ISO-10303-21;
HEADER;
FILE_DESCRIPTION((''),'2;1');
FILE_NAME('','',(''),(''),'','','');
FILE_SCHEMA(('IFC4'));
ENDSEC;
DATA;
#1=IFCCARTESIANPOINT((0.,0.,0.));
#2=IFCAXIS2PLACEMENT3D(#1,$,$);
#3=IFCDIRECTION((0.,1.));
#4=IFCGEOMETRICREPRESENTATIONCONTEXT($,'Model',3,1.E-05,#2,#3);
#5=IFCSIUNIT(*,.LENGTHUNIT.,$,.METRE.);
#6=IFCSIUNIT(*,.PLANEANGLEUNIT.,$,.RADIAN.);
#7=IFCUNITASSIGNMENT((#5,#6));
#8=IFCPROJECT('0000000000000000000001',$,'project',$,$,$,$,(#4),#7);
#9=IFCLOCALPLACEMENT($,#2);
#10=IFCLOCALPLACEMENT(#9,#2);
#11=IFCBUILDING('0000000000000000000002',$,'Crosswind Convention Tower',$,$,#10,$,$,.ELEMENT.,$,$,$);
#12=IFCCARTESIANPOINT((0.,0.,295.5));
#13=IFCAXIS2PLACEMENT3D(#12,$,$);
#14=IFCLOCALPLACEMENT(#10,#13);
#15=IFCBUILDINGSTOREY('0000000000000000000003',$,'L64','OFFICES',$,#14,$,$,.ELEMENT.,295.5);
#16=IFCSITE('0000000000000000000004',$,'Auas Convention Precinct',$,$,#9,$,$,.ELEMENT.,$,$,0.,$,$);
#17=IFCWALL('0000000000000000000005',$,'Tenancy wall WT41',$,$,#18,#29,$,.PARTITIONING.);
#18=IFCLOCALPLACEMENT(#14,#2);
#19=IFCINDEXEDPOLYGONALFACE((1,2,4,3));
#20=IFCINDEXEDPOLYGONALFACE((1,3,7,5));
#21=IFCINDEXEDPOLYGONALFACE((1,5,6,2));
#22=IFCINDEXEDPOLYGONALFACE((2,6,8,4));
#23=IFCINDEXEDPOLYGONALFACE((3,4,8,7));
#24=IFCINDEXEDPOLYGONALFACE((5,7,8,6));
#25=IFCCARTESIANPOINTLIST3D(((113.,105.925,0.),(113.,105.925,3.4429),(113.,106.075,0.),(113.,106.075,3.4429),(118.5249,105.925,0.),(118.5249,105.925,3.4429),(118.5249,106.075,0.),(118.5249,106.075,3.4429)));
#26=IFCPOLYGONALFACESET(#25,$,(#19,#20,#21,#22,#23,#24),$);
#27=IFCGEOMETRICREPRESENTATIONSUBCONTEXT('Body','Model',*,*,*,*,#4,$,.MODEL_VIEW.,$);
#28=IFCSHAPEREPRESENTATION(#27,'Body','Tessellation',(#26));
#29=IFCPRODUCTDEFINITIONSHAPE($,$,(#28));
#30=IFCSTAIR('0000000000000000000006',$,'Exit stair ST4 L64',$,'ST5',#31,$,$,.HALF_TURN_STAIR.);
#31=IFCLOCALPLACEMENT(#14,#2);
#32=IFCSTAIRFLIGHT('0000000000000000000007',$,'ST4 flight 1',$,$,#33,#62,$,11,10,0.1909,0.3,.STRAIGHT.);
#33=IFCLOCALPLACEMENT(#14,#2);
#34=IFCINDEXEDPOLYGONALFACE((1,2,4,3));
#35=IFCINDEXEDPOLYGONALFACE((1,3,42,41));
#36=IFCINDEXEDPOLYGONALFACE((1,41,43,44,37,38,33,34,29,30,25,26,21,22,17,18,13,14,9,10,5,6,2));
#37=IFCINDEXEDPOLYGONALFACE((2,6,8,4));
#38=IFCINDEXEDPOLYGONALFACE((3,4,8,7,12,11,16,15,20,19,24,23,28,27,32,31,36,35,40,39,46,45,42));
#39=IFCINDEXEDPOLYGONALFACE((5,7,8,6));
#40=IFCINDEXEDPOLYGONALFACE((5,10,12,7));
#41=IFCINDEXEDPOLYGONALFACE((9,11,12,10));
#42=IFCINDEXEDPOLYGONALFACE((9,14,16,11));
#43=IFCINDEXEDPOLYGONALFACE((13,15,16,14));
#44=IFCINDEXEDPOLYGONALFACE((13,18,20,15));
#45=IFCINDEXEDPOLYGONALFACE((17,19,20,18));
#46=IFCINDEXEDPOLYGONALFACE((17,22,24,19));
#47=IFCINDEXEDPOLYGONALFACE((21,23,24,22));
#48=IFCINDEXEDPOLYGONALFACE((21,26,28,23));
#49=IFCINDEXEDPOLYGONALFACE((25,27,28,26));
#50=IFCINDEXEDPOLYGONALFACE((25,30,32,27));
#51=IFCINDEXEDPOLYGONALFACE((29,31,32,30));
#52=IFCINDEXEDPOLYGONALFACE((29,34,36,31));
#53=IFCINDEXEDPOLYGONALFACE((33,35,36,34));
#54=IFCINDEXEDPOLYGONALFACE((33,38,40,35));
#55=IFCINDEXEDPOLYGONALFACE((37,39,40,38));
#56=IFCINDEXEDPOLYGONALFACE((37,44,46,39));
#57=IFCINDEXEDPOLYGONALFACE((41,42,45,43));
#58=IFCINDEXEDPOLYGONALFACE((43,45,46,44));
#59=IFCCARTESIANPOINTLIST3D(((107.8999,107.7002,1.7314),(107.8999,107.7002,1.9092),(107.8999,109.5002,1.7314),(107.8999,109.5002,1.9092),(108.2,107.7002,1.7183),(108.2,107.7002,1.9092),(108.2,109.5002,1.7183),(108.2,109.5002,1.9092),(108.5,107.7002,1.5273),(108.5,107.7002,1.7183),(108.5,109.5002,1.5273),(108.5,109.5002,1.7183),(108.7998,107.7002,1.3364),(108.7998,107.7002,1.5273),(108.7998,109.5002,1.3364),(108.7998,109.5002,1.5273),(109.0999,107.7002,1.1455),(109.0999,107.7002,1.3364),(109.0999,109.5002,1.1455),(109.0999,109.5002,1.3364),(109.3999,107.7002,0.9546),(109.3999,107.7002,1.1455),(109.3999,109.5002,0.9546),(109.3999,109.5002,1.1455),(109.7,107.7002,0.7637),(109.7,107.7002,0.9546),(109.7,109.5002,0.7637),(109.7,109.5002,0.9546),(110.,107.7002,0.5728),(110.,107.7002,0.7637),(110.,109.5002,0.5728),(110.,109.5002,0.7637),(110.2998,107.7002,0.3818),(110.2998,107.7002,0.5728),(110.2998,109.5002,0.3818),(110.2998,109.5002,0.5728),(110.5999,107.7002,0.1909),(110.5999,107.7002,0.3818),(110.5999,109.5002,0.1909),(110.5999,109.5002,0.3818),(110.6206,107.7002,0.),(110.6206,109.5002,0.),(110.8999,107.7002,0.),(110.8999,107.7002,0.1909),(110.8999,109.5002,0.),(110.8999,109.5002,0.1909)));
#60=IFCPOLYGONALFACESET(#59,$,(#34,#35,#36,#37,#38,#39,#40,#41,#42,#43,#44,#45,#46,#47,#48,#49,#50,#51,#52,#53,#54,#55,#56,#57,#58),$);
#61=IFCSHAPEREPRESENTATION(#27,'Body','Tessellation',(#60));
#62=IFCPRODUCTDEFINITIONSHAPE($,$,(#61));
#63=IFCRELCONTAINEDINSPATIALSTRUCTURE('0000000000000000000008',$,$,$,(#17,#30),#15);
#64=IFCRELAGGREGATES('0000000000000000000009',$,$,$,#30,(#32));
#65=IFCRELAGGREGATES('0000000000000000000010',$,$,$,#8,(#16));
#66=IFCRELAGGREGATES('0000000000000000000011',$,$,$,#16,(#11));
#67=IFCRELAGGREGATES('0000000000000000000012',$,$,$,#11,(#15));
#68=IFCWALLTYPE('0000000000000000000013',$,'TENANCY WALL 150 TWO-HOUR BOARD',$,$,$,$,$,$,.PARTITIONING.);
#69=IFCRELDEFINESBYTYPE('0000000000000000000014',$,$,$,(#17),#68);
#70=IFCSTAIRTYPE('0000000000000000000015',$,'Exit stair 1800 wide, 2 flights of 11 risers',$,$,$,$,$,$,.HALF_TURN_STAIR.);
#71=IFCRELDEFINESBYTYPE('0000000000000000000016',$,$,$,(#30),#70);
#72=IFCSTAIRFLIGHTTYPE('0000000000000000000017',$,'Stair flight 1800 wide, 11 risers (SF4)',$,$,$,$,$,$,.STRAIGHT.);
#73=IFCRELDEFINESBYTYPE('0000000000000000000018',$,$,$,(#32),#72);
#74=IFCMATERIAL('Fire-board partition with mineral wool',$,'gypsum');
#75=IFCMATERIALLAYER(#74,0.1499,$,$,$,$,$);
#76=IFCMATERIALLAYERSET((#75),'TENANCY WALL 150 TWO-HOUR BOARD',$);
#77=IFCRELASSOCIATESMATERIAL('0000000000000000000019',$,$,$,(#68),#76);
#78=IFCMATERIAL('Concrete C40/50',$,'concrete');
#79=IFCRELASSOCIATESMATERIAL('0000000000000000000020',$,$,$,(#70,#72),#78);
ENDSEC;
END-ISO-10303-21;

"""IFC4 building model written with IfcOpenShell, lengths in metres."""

from ifc_helpers import new_model, si_unit, direction, frame, frame_2d, origin, place, context, subcontext, project, spatial, polyline, rectangle, outline, extrude, material, layer, layer_set, type_object, element, aggregate, save


model = new_model("IFC4")

# Units and contexts
model_context = context("Model", 3, precision=1e-05, world=origin(), true_north=direction((0.0, 1.0)))
body_context = subcontext(model_context, "Body", "Model", "MODEL_VIEW")
ifc_project = project(units=[si_unit("LENGTHUNIT", "METRE"), si_unit("PLANEANGLEUNIT", "RADIAN")], contexts=[model_context])

# Site, building, storey
site_placement = place(None, origin())
site = spatial("IfcSite", under=ifc_project, at=site_placement, Name="Auas Convention Precinct", CompositionType="ELEMENT", RefElevation=0.0)
building_placement = place(site_placement, origin())
building = spatial("IfcBuilding", under=site, at=building_placement, Name="Crosswind Convention Tower", CompositionType="ELEMENT")
storey_placement = place(building_placement, frame((0.0, 0.0, 295.5)))
storey = spatial("IfcBuildingStorey", under=building, at=storey_placement, Name="L64", Description="OFFICES", CompositionType="ELEMENT", Elevation=295.5)

# Shared definitions
ifc_material_1 = material(Name="Fire-board partition with mineral wool", Category="gypsum")
ifc_layer_1 = layer(ifc_material_1, 0.1499)
ifc_layer_set_1 = layer_set([ifc_layer_1], Name="TENANCY WALL 150 TWO-HOUR BOARD")
wall_type_1 = type_object("IfcWallType", Name="TENANCY WALL 150 TWO-HOUR BOARD", PredefinedType="PARTITIONING", material=ifc_layer_set_1)

# Wall
wall_1_placement = place(storey_placement, frame((113.0, 106.0, 0.0), z_axis=(0.0, 0.0, 1.0), x_axis=(1.0, 0.0, 0.0)))
element("IfcWall", 1, at=wall_1_placement, inside=storey, type_object=wall_type_1, Name="Tenancy wall WT41", PredefinedType="PARTITIONING", context=body_context, shape_type="SweptSolid", body=[
    extrude(rectangle(XDim=5.5249, YDim=0.1499, at=frame_2d((2.7625, 0.0))), origin(), (0.0, 0.0, 1.0), 3.4429),
])

# Stair, stair flight
ifc_material_2 = material(Name="Concrete C40/50", Category="concrete")
stair_type = type_object("IfcStairType", Name="Exit stair 1800 wide, 2 flights of 11 risers", PredefinedType="HALF_TURN_STAIR", material=ifc_material_2)
stair_placement = place(storey_placement, origin())
stair = element("IfcStair", 2, at=stair_placement, inside=storey, type_object=stair_type, Name="Exit stair ST4 L64", ObjectType="ST5", PredefinedType="HALF_TURN_STAIR")
stair_flight_type = type_object("IfcStairFlightType", Name="Stair flight 1800 wide, 11 risers (SF4)", PredefinedType="STRAIGHT", material=ifc_material_2)
stair_flight_placement = place(storey_placement, frame((110.8999, 108.6001, 0.0), z_axis=(0.0, 0.0, 1.0), x_axis=(-1.0, 0.0, 0.0)))
stair_flight = element("IfcStairFlight", 3, at=stair_flight_placement, type_object=stair_flight_type, Name="ST4 flight 1", NumberOfRisers=11, NumberOfTreads=10, PredefinedType="STRAIGHT", RiserHeight=0.1909, TreadLength=0.3, context=body_context, shape_type="SweptSolid", body=[
    extrude(outline(polyline([(0.0, 0.0), (0.0, 0.1909), (0.3, 0.1909), (0.3, 0.3818), (0.6001, 0.3818), (0.6001, 0.5728), (0.8999, 0.5728), (0.8999, 0.7637), (1.2, 0.7637), (1.2, 0.9546), (1.5, 0.9546), (1.5, 1.1455), (1.8, 1.1455), (1.8, 1.3364), (2.1001, 1.3364), (2.1001, 1.5273), (2.3999, 1.5273), (2.3999, 1.7183), (2.7, 1.7183), (2.7, 1.9092), (3.0, 1.9092), (3.0, 2.1001), (3.0, 1.7314), (0.2793, 0.0), (0.0, 0.0)])), frame((0.0, 0.8999, 0.0), z_axis=(0.0, -1.0, 0.0), x_axis=(1.0, 0.0, 0.0)), (0.0, 0.0, 1.0), 1.8),
])
aggregate(stair, [stair_flight])

save(model, "model.ifc")
